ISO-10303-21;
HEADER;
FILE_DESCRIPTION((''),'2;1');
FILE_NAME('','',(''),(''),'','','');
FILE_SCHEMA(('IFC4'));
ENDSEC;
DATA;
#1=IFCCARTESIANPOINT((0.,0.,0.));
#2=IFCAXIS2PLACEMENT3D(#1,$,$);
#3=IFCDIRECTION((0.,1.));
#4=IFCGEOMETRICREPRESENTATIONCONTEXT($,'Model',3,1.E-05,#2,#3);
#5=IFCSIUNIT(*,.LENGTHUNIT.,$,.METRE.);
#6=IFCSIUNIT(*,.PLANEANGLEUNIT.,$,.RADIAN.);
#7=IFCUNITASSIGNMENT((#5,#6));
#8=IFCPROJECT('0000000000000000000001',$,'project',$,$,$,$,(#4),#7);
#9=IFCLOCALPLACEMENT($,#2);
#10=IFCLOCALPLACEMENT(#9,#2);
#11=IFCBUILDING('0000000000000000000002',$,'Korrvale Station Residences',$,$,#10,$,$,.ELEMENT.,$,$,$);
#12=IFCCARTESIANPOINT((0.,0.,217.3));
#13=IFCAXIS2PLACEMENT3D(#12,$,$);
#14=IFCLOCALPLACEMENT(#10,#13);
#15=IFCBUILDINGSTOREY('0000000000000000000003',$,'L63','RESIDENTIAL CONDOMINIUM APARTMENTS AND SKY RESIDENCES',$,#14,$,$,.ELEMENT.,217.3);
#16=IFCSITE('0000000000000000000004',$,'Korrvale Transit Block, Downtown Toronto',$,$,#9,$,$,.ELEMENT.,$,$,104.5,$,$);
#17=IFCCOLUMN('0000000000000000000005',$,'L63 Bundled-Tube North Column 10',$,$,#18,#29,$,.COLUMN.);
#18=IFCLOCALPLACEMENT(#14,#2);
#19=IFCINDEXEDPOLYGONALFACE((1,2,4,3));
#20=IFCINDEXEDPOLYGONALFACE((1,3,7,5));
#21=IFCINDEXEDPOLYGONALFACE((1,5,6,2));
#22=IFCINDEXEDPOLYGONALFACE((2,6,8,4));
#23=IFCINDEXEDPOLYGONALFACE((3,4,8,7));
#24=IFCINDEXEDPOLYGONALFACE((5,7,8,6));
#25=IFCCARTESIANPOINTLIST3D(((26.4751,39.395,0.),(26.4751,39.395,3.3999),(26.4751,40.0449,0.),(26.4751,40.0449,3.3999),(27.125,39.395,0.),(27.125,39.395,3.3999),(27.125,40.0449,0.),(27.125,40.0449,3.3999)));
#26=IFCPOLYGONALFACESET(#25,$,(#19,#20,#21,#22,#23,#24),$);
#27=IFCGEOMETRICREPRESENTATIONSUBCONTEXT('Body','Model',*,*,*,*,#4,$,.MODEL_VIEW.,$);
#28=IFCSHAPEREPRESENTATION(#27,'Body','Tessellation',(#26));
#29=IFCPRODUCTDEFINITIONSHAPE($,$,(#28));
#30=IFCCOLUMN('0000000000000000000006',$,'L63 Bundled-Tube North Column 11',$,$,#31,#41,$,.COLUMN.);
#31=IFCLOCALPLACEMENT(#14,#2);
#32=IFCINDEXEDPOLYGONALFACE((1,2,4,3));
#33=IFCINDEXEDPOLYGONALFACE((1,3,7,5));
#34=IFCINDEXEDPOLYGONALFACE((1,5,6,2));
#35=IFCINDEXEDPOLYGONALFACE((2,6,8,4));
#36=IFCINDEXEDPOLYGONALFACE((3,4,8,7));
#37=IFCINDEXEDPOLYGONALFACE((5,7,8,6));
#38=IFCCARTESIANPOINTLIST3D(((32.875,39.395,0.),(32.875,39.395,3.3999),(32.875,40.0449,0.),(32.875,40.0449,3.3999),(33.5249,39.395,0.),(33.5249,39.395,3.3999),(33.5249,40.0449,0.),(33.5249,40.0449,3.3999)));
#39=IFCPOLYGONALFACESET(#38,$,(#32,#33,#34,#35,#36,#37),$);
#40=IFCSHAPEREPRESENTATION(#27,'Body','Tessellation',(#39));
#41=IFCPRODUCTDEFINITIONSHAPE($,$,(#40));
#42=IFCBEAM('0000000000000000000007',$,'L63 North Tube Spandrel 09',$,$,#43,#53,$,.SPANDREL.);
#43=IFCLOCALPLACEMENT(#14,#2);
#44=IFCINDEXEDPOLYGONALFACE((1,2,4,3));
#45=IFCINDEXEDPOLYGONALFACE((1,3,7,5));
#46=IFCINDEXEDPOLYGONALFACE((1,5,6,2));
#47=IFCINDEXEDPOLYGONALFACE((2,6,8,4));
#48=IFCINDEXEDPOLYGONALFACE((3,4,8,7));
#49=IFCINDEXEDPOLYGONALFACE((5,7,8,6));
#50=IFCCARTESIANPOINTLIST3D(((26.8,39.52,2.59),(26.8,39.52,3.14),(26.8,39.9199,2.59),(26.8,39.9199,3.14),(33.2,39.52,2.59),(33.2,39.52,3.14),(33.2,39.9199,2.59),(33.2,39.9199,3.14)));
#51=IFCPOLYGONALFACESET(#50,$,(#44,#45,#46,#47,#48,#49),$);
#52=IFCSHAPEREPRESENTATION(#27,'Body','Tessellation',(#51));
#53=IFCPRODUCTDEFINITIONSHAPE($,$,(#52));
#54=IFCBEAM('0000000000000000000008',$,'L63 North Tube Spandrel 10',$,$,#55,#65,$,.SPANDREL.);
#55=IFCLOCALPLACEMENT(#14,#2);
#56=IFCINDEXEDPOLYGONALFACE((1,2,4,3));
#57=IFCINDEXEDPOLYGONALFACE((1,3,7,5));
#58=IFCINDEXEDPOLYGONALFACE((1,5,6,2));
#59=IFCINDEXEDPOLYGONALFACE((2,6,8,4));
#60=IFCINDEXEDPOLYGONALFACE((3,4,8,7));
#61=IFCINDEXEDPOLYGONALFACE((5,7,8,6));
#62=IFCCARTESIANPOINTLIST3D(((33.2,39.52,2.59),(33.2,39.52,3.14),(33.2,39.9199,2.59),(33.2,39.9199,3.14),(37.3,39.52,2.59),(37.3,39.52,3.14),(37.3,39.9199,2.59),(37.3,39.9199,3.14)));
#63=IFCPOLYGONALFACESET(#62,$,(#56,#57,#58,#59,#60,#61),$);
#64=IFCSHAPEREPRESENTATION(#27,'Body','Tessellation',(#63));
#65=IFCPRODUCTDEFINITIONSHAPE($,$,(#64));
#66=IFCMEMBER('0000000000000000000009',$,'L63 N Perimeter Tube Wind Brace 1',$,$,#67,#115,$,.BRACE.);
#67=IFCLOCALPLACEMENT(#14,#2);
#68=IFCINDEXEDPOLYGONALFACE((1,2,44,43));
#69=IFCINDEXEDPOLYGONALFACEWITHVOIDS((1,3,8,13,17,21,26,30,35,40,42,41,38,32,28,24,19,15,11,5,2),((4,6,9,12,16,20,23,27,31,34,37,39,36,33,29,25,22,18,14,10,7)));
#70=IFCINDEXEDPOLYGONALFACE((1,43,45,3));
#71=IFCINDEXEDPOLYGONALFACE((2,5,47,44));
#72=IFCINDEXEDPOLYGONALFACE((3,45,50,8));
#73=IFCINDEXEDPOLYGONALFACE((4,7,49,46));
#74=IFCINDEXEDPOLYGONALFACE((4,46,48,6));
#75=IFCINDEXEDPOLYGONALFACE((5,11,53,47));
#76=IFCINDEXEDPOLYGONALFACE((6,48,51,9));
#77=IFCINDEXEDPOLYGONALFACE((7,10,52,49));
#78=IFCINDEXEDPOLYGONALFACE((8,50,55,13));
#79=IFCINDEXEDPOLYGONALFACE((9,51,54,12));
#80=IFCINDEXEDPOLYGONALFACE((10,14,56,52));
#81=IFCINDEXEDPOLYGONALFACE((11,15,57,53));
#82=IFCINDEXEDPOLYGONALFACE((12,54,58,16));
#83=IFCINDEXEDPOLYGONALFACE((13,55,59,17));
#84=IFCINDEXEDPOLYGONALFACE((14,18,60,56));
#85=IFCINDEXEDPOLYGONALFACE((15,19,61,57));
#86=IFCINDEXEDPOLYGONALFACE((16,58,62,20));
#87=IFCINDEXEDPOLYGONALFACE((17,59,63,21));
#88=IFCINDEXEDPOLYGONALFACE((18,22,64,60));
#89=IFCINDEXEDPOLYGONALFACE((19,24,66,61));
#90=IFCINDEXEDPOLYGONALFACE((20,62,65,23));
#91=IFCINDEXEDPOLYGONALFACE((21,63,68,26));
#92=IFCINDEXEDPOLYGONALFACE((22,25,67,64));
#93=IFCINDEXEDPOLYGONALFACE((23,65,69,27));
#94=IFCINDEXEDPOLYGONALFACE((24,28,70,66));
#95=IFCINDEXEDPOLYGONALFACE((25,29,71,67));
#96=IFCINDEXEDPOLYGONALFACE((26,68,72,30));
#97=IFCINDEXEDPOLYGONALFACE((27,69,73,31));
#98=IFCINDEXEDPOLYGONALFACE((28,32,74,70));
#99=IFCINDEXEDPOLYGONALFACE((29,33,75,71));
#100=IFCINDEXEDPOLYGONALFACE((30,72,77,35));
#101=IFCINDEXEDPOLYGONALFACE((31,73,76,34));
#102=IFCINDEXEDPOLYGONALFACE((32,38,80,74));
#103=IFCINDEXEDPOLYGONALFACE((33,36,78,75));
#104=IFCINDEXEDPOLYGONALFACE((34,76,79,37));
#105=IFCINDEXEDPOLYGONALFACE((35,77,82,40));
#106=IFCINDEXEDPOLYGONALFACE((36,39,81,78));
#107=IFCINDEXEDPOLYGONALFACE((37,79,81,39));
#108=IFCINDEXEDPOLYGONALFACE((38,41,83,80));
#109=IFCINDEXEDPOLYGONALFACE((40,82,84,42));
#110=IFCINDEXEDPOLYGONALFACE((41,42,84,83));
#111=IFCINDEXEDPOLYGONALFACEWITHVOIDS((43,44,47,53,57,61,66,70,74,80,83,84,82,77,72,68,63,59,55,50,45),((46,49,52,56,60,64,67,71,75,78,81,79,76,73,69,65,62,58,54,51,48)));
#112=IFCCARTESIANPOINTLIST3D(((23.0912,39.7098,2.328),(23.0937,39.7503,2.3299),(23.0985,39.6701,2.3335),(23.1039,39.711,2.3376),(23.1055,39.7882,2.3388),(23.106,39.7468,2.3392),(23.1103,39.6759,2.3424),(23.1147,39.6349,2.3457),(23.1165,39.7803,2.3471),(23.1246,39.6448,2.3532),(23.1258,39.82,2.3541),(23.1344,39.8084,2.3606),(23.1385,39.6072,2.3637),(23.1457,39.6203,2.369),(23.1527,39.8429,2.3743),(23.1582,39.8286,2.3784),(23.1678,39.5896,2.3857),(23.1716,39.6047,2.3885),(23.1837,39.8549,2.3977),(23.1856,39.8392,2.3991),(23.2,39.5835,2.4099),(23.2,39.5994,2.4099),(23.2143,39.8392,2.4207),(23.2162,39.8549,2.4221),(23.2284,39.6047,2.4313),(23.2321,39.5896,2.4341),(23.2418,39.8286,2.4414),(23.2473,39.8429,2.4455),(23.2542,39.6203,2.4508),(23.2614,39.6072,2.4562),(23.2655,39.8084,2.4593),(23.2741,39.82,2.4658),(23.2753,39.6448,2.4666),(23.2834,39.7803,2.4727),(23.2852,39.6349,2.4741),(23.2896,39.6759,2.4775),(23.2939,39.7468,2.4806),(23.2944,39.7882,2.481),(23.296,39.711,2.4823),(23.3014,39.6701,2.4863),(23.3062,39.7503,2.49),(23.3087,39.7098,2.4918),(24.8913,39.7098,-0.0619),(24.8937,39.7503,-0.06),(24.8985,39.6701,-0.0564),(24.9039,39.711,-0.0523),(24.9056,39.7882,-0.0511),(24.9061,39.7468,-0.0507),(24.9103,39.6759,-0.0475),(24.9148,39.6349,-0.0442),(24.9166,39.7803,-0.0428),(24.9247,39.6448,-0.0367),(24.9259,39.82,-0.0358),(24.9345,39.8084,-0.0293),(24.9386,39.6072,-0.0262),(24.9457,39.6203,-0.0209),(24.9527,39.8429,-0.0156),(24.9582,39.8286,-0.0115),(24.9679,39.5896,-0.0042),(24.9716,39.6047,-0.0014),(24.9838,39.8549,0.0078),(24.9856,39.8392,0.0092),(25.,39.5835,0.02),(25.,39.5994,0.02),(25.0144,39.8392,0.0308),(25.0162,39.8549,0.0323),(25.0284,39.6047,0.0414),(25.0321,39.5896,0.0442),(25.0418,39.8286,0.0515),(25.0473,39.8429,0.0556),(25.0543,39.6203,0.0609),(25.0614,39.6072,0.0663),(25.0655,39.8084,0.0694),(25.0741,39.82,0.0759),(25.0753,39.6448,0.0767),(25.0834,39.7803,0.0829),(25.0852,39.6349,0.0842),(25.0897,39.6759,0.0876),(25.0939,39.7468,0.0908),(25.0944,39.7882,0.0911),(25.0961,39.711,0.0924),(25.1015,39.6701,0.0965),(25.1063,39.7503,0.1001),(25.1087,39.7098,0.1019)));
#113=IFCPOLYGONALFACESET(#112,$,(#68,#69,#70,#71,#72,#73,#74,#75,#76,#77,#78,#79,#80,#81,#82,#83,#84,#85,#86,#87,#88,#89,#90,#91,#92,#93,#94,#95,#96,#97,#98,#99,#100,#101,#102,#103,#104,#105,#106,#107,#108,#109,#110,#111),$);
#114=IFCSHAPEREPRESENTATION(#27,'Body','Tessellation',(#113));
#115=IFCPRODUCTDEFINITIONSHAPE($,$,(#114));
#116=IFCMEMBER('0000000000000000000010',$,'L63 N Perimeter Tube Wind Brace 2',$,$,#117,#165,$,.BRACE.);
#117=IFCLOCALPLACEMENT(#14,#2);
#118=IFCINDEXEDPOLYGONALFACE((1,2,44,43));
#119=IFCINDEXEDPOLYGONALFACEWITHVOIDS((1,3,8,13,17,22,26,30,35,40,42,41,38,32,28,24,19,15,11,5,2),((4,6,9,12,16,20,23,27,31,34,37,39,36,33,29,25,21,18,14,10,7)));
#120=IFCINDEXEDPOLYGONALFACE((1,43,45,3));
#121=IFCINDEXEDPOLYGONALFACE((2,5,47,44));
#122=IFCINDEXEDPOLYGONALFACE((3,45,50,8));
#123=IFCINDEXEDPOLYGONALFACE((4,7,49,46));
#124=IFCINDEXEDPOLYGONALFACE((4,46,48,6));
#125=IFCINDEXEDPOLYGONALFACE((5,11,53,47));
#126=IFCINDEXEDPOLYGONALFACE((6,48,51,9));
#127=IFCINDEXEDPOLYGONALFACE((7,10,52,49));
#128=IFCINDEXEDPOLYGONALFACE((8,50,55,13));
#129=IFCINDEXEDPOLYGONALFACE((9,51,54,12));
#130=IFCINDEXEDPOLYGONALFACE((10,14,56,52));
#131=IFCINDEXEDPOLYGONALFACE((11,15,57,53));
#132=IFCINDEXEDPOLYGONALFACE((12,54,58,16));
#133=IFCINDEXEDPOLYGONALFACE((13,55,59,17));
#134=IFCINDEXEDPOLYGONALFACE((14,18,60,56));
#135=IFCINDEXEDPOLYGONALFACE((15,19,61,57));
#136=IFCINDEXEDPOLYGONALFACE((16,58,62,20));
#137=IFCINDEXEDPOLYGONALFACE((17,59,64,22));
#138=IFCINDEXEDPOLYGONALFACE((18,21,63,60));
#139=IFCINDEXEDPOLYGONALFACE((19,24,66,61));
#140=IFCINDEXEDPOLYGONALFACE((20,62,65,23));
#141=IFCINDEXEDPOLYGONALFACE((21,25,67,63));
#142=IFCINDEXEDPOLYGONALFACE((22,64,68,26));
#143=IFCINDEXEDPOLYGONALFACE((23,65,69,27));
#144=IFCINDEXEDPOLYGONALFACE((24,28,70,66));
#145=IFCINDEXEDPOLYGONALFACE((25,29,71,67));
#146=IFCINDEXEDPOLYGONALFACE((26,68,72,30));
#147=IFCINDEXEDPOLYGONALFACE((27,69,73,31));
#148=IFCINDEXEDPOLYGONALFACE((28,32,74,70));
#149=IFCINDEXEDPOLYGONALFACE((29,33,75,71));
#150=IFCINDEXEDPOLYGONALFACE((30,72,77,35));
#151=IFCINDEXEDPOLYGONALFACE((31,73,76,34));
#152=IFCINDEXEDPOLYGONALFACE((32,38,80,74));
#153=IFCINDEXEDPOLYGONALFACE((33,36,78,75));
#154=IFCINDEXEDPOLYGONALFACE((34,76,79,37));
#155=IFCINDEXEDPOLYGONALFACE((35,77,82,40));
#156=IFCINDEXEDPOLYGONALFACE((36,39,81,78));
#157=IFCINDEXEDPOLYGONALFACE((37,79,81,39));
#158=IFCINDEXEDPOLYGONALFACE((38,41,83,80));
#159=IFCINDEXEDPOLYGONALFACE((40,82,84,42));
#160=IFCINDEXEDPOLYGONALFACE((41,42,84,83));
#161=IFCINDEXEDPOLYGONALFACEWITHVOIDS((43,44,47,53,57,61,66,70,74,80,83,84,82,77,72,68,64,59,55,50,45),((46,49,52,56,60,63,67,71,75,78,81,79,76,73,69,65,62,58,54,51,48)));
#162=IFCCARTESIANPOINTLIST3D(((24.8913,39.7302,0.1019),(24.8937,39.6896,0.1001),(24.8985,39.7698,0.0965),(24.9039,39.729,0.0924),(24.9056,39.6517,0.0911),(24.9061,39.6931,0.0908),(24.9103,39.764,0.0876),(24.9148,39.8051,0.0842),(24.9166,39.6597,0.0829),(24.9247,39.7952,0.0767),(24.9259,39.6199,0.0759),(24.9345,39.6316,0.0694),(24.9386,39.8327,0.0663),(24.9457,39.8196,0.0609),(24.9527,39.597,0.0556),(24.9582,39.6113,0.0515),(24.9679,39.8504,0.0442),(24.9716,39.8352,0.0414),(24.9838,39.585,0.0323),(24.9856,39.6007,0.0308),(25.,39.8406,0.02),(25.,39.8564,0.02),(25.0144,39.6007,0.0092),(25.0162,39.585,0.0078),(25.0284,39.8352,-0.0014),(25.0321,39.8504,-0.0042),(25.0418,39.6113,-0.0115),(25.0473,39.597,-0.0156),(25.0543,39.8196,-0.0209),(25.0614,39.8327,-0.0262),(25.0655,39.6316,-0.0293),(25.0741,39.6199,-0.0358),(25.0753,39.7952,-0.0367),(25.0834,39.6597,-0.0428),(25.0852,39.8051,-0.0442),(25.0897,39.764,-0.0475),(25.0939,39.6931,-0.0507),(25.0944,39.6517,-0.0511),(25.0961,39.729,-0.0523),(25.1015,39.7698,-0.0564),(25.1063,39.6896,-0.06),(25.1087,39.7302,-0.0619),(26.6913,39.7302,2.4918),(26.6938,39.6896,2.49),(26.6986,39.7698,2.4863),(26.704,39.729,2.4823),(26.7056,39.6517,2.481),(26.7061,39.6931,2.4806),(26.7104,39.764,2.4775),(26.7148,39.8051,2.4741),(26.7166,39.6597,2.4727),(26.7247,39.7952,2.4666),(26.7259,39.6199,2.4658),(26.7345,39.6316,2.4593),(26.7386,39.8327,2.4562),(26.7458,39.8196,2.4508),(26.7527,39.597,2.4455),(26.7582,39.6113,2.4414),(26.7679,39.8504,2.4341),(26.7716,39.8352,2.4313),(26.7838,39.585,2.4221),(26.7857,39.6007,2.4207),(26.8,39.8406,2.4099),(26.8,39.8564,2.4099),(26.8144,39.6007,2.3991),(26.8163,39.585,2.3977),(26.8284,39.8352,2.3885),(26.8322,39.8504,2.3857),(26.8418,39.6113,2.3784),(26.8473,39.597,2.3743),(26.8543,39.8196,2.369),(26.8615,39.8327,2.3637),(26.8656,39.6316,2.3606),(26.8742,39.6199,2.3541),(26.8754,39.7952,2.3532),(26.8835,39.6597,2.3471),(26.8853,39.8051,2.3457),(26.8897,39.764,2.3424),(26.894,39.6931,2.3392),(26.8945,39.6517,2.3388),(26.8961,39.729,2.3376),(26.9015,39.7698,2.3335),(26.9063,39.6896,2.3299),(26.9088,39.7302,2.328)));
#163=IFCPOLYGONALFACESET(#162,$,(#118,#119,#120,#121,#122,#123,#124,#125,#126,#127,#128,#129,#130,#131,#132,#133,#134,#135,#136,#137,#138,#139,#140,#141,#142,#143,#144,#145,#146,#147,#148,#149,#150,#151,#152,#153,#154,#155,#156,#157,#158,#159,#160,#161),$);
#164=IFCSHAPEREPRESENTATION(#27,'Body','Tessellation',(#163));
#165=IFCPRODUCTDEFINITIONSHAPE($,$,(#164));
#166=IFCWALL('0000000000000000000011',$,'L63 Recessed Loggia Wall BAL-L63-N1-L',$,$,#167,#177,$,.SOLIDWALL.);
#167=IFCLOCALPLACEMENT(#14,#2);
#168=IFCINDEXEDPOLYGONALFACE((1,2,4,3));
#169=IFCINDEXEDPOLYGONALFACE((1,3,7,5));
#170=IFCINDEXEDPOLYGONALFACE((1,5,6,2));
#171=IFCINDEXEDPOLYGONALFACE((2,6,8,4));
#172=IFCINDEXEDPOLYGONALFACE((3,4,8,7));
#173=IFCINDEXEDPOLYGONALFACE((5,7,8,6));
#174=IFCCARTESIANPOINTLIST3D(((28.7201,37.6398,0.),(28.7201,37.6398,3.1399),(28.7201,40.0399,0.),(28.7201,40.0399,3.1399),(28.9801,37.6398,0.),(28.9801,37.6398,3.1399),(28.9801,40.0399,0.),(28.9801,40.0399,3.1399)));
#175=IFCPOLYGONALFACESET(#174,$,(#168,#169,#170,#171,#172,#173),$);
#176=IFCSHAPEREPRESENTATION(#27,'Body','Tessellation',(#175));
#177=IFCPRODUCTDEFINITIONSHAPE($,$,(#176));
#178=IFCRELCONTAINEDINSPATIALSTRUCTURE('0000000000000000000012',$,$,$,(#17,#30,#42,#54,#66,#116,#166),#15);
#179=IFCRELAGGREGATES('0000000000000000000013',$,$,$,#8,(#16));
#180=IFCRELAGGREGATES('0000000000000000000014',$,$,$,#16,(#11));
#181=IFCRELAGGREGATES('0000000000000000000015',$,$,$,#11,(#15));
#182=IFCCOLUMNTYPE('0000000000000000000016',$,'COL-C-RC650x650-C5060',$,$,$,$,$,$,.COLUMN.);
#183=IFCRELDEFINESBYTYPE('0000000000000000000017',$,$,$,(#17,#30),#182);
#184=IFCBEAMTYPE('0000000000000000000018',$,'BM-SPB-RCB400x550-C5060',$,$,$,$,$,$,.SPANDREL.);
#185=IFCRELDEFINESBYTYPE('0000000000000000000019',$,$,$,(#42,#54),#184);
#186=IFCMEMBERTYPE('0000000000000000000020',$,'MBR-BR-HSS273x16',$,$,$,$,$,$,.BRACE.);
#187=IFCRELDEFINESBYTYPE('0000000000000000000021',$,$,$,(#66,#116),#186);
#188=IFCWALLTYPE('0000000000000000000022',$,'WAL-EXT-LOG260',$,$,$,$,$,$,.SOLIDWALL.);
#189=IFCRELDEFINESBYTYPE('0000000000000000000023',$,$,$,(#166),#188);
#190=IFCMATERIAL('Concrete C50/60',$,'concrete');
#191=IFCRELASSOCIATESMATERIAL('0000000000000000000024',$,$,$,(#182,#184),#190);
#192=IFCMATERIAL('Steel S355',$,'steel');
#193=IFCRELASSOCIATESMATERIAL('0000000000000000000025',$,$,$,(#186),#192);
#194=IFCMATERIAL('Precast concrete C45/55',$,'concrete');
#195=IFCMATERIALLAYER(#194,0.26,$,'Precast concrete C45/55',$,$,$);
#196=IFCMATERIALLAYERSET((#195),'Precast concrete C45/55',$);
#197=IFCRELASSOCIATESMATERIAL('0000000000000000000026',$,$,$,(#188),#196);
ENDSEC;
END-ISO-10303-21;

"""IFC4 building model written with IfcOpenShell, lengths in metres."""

from ifc_helpers import new_model, si_unit, direction, frame, frame_2d, origin, origin_2d, place, context, subcontext, project, spatial, rectangle, hollow_circle, extrude, material, layer, layer_set, material_profile, profile_set, type_object, element, save


model = new_model("IFC4")

# Units and contexts
model_context = context("Model", 3, precision=1e-05, world=origin(), true_north=direction((0.0, 1.0)))
body_context = subcontext(model_context, "Body", "Model", "MODEL_VIEW")
ifc_project = project(units=[si_unit("LENGTHUNIT", "METRE"), si_unit("PLANEANGLEUNIT", "RADIAN")], contexts=[model_context])

# Site, building, storey
site_placement = place(None, origin())
site = spatial("IfcSite", under=ifc_project, at=site_placement, Name="Korrvale Transit Block, Downtown Toronto", CompositionType="ELEMENT", RefElevation=104.5)
building_placement = place(site_placement, origin())
building = spatial("IfcBuilding", under=site, at=building_placement, Name="Korrvale Station Residences", CompositionType="ELEMENT")
storey_placement = place(building_placement, frame((0.0, 0.0, 217.3)))
storey = spatial("IfcBuildingStorey", under=building, at=storey_placement, Name="L63", Description="RESIDENTIAL CONDOMINIUM APARTMENTS AND SKY RESIDENCES", CompositionType="ELEMENT", Elevation=217.3)

# Columns
ifc_material_1 = material(Name="Concrete C50/60", Category="concrete")
ifc_material_profile_1 = material_profile(ifc_material_1, rectangle(XDim=0.6499, YDim=0.6499, at=origin_2d()), Name="RC650x650")
ifc_profile_set_1 = profile_set([ifc_material_profile_1], Name="Concrete C50/60")
column_type = type_object("IfcColumnType", Name="COL-C-RC650x650-C5060", PredefinedType="COLUMN", material=ifc_profile_set_1)
for number, where, z_axis, x_axis, name in (
    (1, (26.8, 39.72, 0.0), (0.0, 0.0, 1.0), (1.0, 0.0, 0.0), "L63 Bundled-Tube North Column 10"),
    (2, (33.2, 39.72, 0.0), (0.0, 0.0, 1.0), (1.0, 0.0, 0.0), "L63 Bundled-Tube North Column 11"),
):
    element("IfcColumn", number, at=place(storey_placement, frame(where, z_axis=z_axis, x_axis=x_axis)), inside=storey, type_object=column_type, Name=name, PredefinedType="COLUMN", context=body_context, shape_type="SweptSolid", body=[
        extrude(rectangle(XDim=0.6499, YDim=0.6499, at=origin_2d()), origin(), (0.0, 0.0, 1.0), 3.3999),
    ])

# Beams
ifc_material_profile_2 = material_profile(ifc_material_1, rectangle(XDim=0.3999, YDim=0.55, at=origin_2d()), Name="RCB400x550")
ifc_profile_set_2 = profile_set([ifc_material_profile_2], Name="Concrete C50/60")
beam_type = type_object("IfcBeamType", Name="BM-SPB-RCB400x550-C5060", PredefinedType="SPANDREL", material=ifc_profile_set_2)
beam_1_placement = place(storey_placement, frame((26.8, 39.72, 2.865), z_axis=(1.0, 0.0, 0.0), x_axis=(0.0, 1.0, 0.0)))
element("IfcBeam", 3, at=beam_1_placement, inside=storey, type_object=beam_type, Name="L63 North Tube Spandrel 09", PredefinedType="SPANDREL", context=body_context, shape_type="SweptSolid", body=[
    extrude(rectangle(XDim=0.3999, YDim=0.55, at=origin_2d()), origin(), (0.0, 0.0, 1.0), 6.3999),
])
beam_2_placement = place(storey_placement, frame((33.2, 39.72, 2.865), z_axis=(1.0, 0.0, 0.0), x_axis=(0.0, 1.0, 0.0)))
element("IfcBeam", 4, at=beam_2_placement, inside=storey, type_object=beam_type, Name="L63 North Tube Spandrel 10", PredefinedType="SPANDREL", context=body_context, shape_type="SweptSolid", body=[
    extrude(rectangle(XDim=0.3999, YDim=0.55, at=origin_2d()), origin(), (0.0, 0.0, 1.0), 4.1001),
])

# Members
ifc_material_2 = material(Name="Steel S355", Category="steel")
ifc_material_profile_3 = material_profile(ifc_material_2, hollow_circle(Radius=0.1365, WallThickness=0.0159, at=origin_2d()), Name="HSS273x16")
ifc_profile_set_3 = profile_set([ifc_material_profile_3], Name="Steel S355")
member_type = type_object("IfcMemberType", Name="MBR-BR-HSS273x16", PredefinedType="BRACE", material=ifc_profile_set_3)
for number, where, z_axis, x_axis, name in (
    (5, (25.0, 39.72, 0.02), (-0.601631, 0.0, 0.798774), (0.0, -1.0, 0.0), "L63 N Perimeter Tube Wind Brace 1"),
    (6, (25.0, 39.72, 0.02), (0.601631, 0.0, 0.798774), (0.0, 1.0, 0.0), "L63 N Perimeter Tube Wind Brace 2"),
):
    element("IfcMember", number, at=place(storey_placement, frame(where, z_axis=z_axis, x_axis=x_axis)), inside=storey, type_object=member_type, Name=name, PredefinedType="BRACE", context=body_context, shape_type="SweptSolid", body=[
        extrude(hollow_circle(Radius=0.1365, WallThickness=0.0159, at=origin_2d()), origin(), (0.0, 0.0, 1.0), 2.9919),
    ])

# Wall
ifc_material_3 = material(Name="Precast concrete C45/55", Category="concrete")
ifc_layer_1 = layer(ifc_material_3, 0.26, Name="Precast concrete C45/55")
ifc_layer_set_1 = layer_set([ifc_layer_1], Name="Precast concrete C45/55")
wall_type_1 = type_object("IfcWallType", Name="WAL-EXT-LOG260", PredefinedType="SOLIDWALL", material=ifc_layer_set_1)
wall_1_placement = place(storey_placement, frame((28.8501, 40.04, 0.0), z_axis=(0.0, 0.0, 1.0), x_axis=(0.0, -1.0, 0.0)))
element("IfcWall", 7, at=wall_1_placement, inside=storey, type_object=wall_type_1, Name="L63 Recessed Loggia Wall BAL-L63-N1-L", PredefinedType="SOLIDWALL", context=body_context, shape_type="SweptSolid", body=[
    extrude(rectangle(XDim=2.4001, YDim=0.26, at=frame_2d((1.2002, 0.0))), origin(), (0.0, 0.0, 1.0), 3.1399),
])

save(model, "model.ifc")
